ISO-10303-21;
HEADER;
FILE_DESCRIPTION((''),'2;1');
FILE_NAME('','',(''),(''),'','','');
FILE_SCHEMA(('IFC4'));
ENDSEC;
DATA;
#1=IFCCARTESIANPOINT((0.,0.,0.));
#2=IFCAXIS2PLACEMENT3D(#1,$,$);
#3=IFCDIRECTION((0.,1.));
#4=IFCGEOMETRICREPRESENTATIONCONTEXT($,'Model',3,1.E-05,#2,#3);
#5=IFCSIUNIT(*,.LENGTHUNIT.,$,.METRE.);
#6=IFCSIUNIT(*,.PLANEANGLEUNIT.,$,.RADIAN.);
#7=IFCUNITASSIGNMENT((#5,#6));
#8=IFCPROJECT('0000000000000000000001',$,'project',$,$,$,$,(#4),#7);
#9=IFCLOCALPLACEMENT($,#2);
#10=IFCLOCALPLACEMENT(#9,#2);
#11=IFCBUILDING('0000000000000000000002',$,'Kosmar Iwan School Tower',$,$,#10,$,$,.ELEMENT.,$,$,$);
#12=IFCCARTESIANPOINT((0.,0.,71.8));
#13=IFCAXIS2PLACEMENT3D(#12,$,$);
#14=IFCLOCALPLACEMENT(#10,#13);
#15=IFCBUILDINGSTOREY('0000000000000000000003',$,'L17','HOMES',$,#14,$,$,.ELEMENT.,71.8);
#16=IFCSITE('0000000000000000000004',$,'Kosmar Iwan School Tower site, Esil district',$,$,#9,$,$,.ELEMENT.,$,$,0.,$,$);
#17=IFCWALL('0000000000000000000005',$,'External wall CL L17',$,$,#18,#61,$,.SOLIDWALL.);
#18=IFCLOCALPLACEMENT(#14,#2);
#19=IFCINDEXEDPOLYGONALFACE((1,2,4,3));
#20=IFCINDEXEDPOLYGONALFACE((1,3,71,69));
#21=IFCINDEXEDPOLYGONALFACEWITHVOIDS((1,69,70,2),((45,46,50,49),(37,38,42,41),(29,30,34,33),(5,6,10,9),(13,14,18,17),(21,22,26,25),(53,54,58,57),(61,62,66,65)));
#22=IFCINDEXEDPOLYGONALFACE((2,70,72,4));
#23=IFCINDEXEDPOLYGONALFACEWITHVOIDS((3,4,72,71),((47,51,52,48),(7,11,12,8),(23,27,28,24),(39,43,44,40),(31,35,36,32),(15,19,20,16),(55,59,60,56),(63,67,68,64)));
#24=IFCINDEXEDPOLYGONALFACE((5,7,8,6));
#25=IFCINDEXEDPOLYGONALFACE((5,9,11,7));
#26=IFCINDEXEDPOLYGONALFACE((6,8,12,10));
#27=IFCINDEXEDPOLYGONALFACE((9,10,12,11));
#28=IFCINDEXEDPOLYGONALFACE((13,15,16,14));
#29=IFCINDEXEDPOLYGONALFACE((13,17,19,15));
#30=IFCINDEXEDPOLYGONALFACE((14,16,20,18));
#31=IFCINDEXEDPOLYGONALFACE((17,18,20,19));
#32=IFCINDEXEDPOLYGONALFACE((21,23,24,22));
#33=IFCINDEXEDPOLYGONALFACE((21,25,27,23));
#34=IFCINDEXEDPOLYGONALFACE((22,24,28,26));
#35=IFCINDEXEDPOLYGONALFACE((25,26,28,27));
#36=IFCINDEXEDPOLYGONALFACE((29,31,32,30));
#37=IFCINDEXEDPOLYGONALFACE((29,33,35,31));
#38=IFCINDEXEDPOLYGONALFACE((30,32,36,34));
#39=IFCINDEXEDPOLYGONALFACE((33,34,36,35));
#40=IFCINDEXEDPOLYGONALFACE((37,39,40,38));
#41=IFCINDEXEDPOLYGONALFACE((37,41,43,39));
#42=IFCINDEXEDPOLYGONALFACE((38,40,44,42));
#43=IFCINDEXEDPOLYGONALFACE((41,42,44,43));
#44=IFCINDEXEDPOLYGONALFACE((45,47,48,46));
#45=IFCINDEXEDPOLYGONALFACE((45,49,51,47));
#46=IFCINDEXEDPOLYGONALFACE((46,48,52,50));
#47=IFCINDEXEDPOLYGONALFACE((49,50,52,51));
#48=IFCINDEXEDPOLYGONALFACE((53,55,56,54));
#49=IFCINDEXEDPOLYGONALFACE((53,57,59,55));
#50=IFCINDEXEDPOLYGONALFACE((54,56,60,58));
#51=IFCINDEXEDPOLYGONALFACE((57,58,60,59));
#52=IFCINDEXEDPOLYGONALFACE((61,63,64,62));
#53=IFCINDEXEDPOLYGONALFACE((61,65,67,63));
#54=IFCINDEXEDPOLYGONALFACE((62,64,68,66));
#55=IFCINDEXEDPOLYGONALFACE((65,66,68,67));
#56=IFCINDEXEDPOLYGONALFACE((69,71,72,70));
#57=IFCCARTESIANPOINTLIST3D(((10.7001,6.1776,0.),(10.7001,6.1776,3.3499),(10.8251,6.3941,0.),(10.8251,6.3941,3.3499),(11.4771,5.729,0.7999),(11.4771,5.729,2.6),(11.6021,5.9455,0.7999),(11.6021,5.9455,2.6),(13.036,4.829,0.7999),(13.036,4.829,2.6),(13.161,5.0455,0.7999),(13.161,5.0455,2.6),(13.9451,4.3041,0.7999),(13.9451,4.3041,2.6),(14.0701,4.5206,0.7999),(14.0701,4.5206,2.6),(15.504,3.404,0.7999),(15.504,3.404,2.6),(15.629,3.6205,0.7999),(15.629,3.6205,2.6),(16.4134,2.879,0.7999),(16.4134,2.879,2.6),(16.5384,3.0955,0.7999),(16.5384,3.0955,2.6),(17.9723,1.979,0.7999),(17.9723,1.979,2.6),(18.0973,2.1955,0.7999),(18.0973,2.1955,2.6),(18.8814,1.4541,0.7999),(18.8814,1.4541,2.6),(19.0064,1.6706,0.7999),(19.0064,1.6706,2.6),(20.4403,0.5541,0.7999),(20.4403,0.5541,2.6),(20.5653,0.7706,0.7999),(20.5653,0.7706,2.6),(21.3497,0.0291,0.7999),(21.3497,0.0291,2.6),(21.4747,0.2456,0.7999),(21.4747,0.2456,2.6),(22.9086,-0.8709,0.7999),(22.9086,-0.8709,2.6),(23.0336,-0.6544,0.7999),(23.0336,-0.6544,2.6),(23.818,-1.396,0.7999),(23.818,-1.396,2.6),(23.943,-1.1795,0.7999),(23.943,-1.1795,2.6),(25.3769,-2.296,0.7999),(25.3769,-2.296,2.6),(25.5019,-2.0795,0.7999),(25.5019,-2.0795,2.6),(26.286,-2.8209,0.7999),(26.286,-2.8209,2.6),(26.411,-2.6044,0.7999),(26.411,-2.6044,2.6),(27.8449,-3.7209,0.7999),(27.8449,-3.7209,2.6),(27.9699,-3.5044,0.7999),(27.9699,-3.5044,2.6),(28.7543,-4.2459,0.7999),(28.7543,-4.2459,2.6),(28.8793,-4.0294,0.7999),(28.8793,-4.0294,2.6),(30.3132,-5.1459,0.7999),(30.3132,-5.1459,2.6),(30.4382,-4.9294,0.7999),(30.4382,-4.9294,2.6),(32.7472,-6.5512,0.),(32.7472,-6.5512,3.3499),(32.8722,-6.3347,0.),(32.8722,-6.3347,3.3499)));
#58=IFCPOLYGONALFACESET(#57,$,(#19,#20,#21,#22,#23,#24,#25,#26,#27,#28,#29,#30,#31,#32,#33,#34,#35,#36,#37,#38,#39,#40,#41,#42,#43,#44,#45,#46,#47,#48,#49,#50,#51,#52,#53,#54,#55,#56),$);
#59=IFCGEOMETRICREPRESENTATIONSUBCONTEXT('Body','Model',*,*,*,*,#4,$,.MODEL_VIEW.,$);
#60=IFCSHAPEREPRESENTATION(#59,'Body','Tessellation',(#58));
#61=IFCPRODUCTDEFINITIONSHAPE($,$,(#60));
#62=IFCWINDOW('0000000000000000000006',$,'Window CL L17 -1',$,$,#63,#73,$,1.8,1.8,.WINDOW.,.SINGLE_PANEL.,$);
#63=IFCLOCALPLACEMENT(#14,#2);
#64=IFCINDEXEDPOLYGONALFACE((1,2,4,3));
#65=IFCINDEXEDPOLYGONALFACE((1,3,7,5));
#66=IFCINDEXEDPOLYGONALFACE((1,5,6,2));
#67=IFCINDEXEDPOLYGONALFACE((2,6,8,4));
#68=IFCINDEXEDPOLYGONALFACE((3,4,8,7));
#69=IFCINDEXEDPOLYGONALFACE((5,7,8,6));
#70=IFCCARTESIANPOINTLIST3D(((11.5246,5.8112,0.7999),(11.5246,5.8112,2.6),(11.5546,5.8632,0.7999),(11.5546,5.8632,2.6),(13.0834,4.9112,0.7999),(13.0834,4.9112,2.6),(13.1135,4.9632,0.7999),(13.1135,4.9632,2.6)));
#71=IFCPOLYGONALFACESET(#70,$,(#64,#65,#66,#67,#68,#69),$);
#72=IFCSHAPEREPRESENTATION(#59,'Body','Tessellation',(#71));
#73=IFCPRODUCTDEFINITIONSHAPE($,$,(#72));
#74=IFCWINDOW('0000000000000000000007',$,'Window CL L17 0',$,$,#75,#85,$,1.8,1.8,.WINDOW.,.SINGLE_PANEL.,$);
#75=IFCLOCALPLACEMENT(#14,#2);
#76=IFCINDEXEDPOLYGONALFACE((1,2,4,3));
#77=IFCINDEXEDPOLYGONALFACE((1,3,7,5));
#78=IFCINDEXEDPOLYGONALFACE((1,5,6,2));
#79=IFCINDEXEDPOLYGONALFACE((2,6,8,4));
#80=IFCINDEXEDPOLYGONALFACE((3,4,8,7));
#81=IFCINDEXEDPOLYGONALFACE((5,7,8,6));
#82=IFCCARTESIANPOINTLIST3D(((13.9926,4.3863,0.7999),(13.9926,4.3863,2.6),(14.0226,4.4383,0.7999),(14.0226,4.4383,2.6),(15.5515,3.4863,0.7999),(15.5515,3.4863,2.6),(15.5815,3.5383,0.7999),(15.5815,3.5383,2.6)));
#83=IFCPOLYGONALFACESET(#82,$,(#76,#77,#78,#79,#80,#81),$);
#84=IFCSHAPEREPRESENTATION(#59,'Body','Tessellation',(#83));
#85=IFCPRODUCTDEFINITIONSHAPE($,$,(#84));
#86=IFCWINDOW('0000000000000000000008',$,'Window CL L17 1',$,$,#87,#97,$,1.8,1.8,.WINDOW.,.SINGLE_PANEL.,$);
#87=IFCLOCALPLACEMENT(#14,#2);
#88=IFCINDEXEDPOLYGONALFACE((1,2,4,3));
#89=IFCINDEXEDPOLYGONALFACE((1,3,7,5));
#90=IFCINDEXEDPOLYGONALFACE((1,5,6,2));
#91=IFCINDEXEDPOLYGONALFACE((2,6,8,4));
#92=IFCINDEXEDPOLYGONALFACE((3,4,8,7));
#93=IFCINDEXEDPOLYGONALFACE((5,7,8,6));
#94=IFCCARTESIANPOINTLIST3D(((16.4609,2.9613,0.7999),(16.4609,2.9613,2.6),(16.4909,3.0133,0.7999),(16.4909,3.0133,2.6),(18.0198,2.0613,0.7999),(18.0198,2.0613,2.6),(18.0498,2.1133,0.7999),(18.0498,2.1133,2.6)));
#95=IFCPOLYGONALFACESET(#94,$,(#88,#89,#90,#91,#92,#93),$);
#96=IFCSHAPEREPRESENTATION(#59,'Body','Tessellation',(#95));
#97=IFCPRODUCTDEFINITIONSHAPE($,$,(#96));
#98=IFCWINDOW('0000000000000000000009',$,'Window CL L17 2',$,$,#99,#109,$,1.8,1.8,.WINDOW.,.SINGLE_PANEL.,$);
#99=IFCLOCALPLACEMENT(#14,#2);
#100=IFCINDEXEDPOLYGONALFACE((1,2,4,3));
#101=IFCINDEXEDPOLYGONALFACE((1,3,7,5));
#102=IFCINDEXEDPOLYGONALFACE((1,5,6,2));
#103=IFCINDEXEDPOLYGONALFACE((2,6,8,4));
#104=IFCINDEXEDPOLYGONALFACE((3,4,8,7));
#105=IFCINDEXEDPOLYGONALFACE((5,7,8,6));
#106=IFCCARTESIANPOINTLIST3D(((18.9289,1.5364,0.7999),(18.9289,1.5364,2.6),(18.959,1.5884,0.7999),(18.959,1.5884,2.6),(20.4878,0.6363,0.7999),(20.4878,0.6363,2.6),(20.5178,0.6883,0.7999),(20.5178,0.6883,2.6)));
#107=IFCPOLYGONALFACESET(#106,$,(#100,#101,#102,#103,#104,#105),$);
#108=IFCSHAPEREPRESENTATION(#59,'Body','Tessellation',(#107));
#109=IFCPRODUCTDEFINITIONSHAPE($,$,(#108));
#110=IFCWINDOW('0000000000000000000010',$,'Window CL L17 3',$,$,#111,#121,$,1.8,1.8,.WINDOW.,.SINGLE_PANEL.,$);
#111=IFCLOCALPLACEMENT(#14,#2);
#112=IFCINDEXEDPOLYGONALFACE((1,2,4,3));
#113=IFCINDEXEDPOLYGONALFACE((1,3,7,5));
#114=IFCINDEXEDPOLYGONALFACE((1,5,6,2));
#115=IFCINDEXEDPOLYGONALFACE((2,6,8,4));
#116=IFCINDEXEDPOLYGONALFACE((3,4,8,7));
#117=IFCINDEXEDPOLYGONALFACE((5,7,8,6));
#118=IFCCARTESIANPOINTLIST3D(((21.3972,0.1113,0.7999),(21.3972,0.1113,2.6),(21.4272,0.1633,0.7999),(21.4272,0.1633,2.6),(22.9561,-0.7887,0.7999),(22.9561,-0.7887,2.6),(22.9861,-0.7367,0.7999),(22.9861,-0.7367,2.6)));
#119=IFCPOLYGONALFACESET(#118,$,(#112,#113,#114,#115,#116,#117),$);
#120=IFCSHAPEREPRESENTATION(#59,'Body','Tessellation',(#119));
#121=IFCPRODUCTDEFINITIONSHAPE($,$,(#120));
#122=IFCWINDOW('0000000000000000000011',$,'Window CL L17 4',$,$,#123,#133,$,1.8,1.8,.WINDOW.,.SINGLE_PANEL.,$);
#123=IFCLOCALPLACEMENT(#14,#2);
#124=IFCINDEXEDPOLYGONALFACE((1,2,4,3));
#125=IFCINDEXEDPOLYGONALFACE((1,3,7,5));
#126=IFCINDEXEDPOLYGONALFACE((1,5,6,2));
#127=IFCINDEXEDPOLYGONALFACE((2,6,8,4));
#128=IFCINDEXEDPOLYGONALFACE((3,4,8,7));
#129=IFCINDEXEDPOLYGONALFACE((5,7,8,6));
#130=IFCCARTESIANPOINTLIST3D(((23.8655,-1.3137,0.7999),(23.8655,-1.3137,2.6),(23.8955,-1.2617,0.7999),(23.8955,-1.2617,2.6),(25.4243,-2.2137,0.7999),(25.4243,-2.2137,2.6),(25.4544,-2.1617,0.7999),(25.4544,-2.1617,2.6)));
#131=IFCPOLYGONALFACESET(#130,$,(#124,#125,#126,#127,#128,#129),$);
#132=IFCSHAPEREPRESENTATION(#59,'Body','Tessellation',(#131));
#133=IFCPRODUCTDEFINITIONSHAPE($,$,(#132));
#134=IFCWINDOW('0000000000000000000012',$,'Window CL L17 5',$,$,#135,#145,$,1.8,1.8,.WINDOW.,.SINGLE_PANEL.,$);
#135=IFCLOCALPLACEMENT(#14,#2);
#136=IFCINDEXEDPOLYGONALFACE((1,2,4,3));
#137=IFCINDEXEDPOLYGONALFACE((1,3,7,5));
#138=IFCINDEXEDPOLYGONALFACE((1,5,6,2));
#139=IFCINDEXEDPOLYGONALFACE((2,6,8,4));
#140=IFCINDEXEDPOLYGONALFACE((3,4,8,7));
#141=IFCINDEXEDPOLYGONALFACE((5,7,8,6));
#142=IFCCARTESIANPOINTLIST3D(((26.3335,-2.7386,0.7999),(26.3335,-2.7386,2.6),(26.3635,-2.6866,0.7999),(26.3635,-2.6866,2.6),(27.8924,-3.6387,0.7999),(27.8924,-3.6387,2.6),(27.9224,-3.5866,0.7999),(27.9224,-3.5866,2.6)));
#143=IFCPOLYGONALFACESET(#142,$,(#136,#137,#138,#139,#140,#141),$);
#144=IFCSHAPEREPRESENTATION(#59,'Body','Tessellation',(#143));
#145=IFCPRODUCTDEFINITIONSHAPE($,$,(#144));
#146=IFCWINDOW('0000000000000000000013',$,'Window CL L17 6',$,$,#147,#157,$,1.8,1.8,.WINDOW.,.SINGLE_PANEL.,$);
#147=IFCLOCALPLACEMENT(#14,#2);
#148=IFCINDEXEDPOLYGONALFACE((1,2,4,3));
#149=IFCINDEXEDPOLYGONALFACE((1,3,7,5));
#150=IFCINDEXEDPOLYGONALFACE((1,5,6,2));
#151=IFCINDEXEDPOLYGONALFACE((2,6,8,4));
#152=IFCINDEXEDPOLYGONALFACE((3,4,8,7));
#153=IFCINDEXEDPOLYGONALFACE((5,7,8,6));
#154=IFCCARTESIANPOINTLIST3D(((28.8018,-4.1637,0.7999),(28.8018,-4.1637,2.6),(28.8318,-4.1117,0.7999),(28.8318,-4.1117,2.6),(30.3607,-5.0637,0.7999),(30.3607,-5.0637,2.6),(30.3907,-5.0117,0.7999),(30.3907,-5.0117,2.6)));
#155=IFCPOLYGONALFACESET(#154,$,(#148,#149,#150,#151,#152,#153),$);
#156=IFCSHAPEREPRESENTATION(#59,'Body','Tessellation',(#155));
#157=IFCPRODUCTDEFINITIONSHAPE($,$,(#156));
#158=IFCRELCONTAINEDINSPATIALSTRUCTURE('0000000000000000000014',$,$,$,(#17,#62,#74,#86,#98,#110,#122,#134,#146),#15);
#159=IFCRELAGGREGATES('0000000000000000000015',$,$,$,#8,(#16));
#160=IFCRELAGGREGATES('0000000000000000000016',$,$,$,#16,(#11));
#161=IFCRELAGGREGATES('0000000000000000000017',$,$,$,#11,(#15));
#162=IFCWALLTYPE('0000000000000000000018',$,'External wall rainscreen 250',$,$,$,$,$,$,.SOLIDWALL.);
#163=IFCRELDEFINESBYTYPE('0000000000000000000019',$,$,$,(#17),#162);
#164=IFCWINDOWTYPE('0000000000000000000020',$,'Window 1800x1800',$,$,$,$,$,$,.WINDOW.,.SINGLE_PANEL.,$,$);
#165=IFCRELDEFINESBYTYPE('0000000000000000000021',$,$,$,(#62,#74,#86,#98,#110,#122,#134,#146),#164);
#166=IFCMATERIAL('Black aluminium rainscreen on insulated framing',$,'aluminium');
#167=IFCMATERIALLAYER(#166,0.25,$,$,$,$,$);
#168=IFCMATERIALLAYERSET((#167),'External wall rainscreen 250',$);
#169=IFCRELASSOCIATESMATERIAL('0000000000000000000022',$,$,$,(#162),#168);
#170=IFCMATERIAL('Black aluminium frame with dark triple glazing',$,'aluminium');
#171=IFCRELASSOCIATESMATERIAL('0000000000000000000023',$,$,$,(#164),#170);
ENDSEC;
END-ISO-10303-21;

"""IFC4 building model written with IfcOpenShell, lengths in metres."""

from ifc_helpers import new_model, si_unit, direction, frame, frame_2d, origin, place, context, subcontext, project, spatial, rectangle, extrude, material, layer, layer_set, type_object, element, fill, save


model = new_model("IFC4")

# Units and contexts
model_context = context("Model", 3, precision=1e-05, world=origin(), true_north=direction((0.0, 1.0)))
body_context = subcontext(model_context, "Body", "Model", "MODEL_VIEW")
ifc_project = project(units=[si_unit("LENGTHUNIT", "METRE"), si_unit("PLANEANGLEUNIT", "RADIAN")], contexts=[model_context])

# Site, building, storey
site_placement = place(None, origin())
site = spatial("IfcSite", under=ifc_project, at=site_placement, Name="Kosmar Iwan School Tower site, Esil district", CompositionType="ELEMENT", RefElevation=0.0)
building_placement = place(site_placement, origin())
building = spatial("IfcBuilding", under=site, at=building_placement, Name="Kosmar Iwan School Tower", CompositionType="ELEMENT")
storey_placement = place(building_placement, frame((0.0, 0.0, 71.8)))
storey = spatial("IfcBuildingStorey", under=building, at=storey_placement, Name="L17", Description="HOMES", CompositionType="ELEMENT", Elevation=71.8)

# Wall, openings, windows
ifc_material_1 = material(Name="Black aluminium rainscreen on insulated framing", Category="aluminium")
ifc_layer = layer(ifc_material_1, 0.25)
ifc_layer_set = layer_set([ifc_layer], Name="External wall rainscreen 250")
wall_type = type_object("IfcWallType", Name="External wall rainscreen 250", PredefinedType="SOLIDWALL", material=ifc_layer_set)
wall_1_placement = place(storey_placement, frame((10.7625, 6.2859, 0.0), z_axis=(0.0, 0.0, 1.0), x_axis=(0.866028, -0.499996, 0.0)))
wall_1 = element("IfcWall", 1, at=wall_1_placement, inside=storey, type_object=wall_type, Name="External wall CL L17", PredefinedType="SOLIDWALL", context=body_context, shape_type="SweptSolid", body=[
    extrude(rectangle(XDim=25.4578, YDim=0.25, at=frame_2d((12.729, 0.0))), origin(), (0.0, 0.0, 1.0), 3.3499),
])
opening_1_placement = place(wall_1_placement, frame((0.8975, 0.0, 0.8)))
opening_1 = element("IfcOpeningElement", 2, at=opening_1_placement, cuts=wall_1, PredefinedType="OPENING", context=body_context, shape_type="SweptSolid", body=[
    extrude(rectangle(XDim=1.8, YDim=1.8, at=frame_2d((0.8999, 0.8999))), frame((0.0, 0.137, 0.0), z_axis=(0.0, -1.0, 0.0), x_axis=(1.0, 0.0, 0.0)), (0.0, 0.0, 1.0), 0.2739),
])
opening_2_placement = place(wall_1_placement, frame((3.7473, 0.0, 0.8)))
opening_2 = element("IfcOpeningElement", 3, at=opening_2_placement, cuts=wall_1, PredefinedType="OPENING", context=body_context, shape_type="SweptSolid", body=[
    extrude(rectangle(XDim=1.8, YDim=1.8, at=frame_2d((0.8999, 0.8999))), frame((0.0, 0.137, 0.0), z_axis=(0.0, -1.0, 0.0), x_axis=(1.0, 0.0, 0.0)), (0.0, 0.0, 1.0), 0.2739),
])
opening_3_placement = place(wall_1_placement, frame((6.5974, 0.0, 0.8)))
opening_3 = element("IfcOpeningElement", 4, at=opening_3_placement, cuts=wall_1, PredefinedType="OPENING", context=body_context, shape_type="SweptSolid", body=[
    extrude(rectangle(XDim=1.8, YDim=1.8, at=frame_2d((0.8999, 0.8999))), frame((0.0, 0.137, 0.0), z_axis=(0.0, -1.0, 0.0), x_axis=(1.0, 0.0, 0.0)), (0.0, 0.0, 1.0), 0.2739),
])
opening_4_placement = place(wall_1_placement, frame((9.4473, 0.0, 0.8)))
opening_4 = element("IfcOpeningElement", 5, at=opening_4_placement, cuts=wall_1, PredefinedType="OPENING", context=body_context, shape_type="SweptSolid", body=[
    extrude(rectangle(XDim=1.8, YDim=1.8, at=frame_2d((0.8999, 0.8999))), frame((0.0, 0.137, 0.0), z_axis=(0.0, -1.0, 0.0), x_axis=(1.0, 0.0, 0.0)), (0.0, 0.0, 1.0), 0.2739),
])
opening_5_placement = place(wall_1_placement, frame((12.2974, 0.0, 0.8)))
opening_5 = element("IfcOpeningElement", 6, at=opening_5_placement, cuts=wall_1, PredefinedType="OPENING", context=body_context, shape_type="SweptSolid", body=[
    extrude(rectangle(XDim=1.8, YDim=1.8, at=frame_2d((0.8999, 0.8999))), frame((0.0, 0.137, 0.0), z_axis=(0.0, -1.0, 0.0), x_axis=(1.0, 0.0, 0.0)), (0.0, 0.0, 1.0), 0.2739),
])
opening_6_placement = place(wall_1_placement, frame((15.1475, 0.0, 0.8)))
opening_6 = element("IfcOpeningElement", 7, at=opening_6_placement, cuts=wall_1, PredefinedType="OPENING", context=body_context, shape_type="SweptSolid", body=[
    extrude(rectangle(XDim=1.8, YDim=1.8, at=frame_2d((0.8999, 0.8999))), frame((0.0, 0.137, 0.0), z_axis=(0.0, -1.0, 0.0), x_axis=(1.0, 0.0, 0.0)), (0.0, 0.0, 1.0), 0.2739),
])
opening_7_placement = place(wall_1_placement, frame((17.9973, 0.0, 0.8)))
opening_7 = element("IfcOpeningElement", 8, at=opening_7_placement, cuts=wall_1, PredefinedType="OPENING", context=body_context, shape_type="SweptSolid", body=[
    extrude(rectangle(XDim=1.8, YDim=1.8, at=frame_2d((0.8999, 0.8999))), frame((0.0, 0.137, 0.0), z_axis=(0.0, -1.0, 0.0), x_axis=(1.0, 0.0, 0.0)), (0.0, 0.0, 1.0), 0.2739),
])
opening_8_placement = place(wall_1_placement, frame((20.8474, 0.0, 0.8)))
opening_8 = element("IfcOpeningElement", 9, at=opening_8_placement, cuts=wall_1, PredefinedType="OPENING", context=body_context, shape_type="SweptSolid", body=[
    extrude(rectangle(XDim=1.8, YDim=1.8, at=frame_2d((0.8999, 0.8999))), frame((0.0, 0.137, 0.0), z_axis=(0.0, -1.0, 0.0), x_axis=(1.0, 0.0, 0.0)), (0.0, 0.0, 1.0), 0.2739),
])
ifc_material_2 = material(Name="Black aluminium frame with dark triple glazing", Category="aluminium")
window_type = type_object("IfcWindowType", Name="Window 1800x1800", PartitioningType="SINGLE_PANEL", PredefinedType="WINDOW", material=ifc_material_2)
window_1_placement = place(opening_1_placement, origin())
window_1 = element("IfcWindow", 10, at=window_1_placement, inside=storey, type_object=window_type, Name="Window CL L17 -1", OverallHeight=1.8, OverallWidth=1.8, PartitioningType="SINGLE_PANEL", PredefinedType="WINDOW", context=body_context, shape_type="SweptSolid", body=[
    extrude(rectangle(XDim=1.8, YDim=1.8, at=frame_2d((0.8999, 0.8999))), frame((0.0, 0.03, 0.0), z_axis=(0.0, -1.0, 0.0), x_axis=(1.0, 0.0, 0.0)), (0.0, 0.0, 1.0), 0.0601),
])
fill(opening_1, window_1)
window_2_placement = place(opening_2_placement, origin())
window_2 = element("IfcWindow", 11, at=window_2_placement, inside=storey, type_object=window_type, Name="Window CL L17 0", OverallHeight=1.8, OverallWidth=1.8, PartitioningType="SINGLE_PANEL", PredefinedType="WINDOW", context=body_context, shape_type="SweptSolid", body=[
    extrude(rectangle(XDim=1.8, YDim=1.8, at=frame_2d((0.8999, 0.8999))), frame((0.0, 0.03, 0.0), z_axis=(0.0, -1.0, 0.0), x_axis=(1.0, 0.0, 0.0)), (0.0, 0.0, 1.0), 0.0601),
])
fill(opening_2, window_2)
window_3_placement = place(opening_3_placement, origin())
window_3 = element("IfcWindow", 12, at=window_3_placement, inside=storey, type_object=window_type, Name="Window CL L17 1", OverallHeight=1.8, OverallWidth=1.8, PartitioningType="SINGLE_PANEL", PredefinedType="WINDOW", context=body_context, shape_type="SweptSolid", body=[
    extrude(rectangle(XDim=1.8, YDim=1.8, at=frame_2d((0.8999, 0.8999))), frame((0.0, 0.03, 0.0), z_axis=(0.0, -1.0, 0.0), x_axis=(1.0, 0.0, 0.0)), (0.0, 0.0, 1.0), 0.0601),
])
fill(opening_3, window_3)
window_4_placement = place(opening_4_placement, origin())
window_4 = element("IfcWindow", 13, at=window_4_placement, inside=storey, type_object=window_type, Name="Window CL L17 2", OverallHeight=1.8, OverallWidth=1.8, PartitioningType="SINGLE_PANEL", PredefinedType="WINDOW", context=body_context, shape_type="SweptSolid", body=[
    extrude(rectangle(XDim=1.8, YDim=1.8, at=frame_2d((0.8999, 0.8999))), frame((0.0, 0.03, 0.0), z_axis=(0.0, -1.0, 0.0), x_axis=(1.0, 0.0, 0.0)), (0.0, 0.0, 1.0), 0.0601),
])
fill(opening_4, window_4)
window_5_placement = place(opening_5_placement, origin())
window_5 = element("IfcWindow", 14, at=window_5_placement, inside=storey, type_object=window_type, Name="Window CL L17 3", OverallHeight=1.8, OverallWidth=1.8, PartitioningType="SINGLE_PANEL", PredefinedType="WINDOW", context=body_context, shape_type="SweptSolid", body=[
    extrude(rectangle(XDim=1.8, YDim=1.8, at=frame_2d((0.8999, 0.8999))), frame((0.0, 0.03, 0.0), z_axis=(0.0, -1.0, 0.0), x_axis=(1.0, 0.0, 0.0)), (0.0, 0.0, 1.0), 0.0601),
])
fill(opening_5, window_5)
window_6_placement = place(opening_6_placement, origin())
window_6 = element("IfcWindow", 15, at=window_6_placement, inside=storey, type_object=window_type, Name="Window CL L17 4", OverallHeight=1.8, OverallWidth=1.8, PartitioningType="SINGLE_PANEL", PredefinedType="WINDOW", context=body_context, shape_type="SweptSolid", body=[
    extrude(rectangle(XDim=1.8, YDim=1.8, at=frame_2d((0.8999, 0.8999))), frame((0.0, 0.03, 0.0), z_axis=(0.0, -1.0, 0.0), x_axis=(1.0, 0.0, 0.0)), (0.0, 0.0, 1.0), 0.0601),
])
fill(opening_6, window_6)
window_7_placement = place(opening_7_placement, origin())
window_7 = element("IfcWindow", 16, at=window_7_placement, inside=storey, type_object=window_type, Name="Window CL L17 5", OverallHeight=1.8, OverallWidth=1.8, PartitioningType="SINGLE_PANEL", PredefinedType="WINDOW", context=body_context, shape_type="SweptSolid", body=[
    extrude(rectangle(XDim=1.8, YDim=1.8, at=frame_2d((0.8999, 0.8999))), frame((0.0, 0.03, 0.0), z_axis=(0.0, -1.0, 0.0), x_axis=(1.0, 0.0, 0.0)), (0.0, 0.0, 1.0), 0.0601),
])
fill(opening_7, window_7)
window_8_placement = place(opening_8_placement, origin())
window_8 = element("IfcWindow", 17, at=window_8_placement, inside=storey, type_object=window_type, Name="Window CL L17 6", OverallHeight=1.8, OverallWidth=1.8, PartitioningType="SINGLE_PANEL", PredefinedType="WINDOW", context=body_context, shape_type="SweptSolid", body=[
    extrude(rectangle(XDim=1.8, YDim=1.8, at=frame_2d((0.8999, 0.8999))), frame((0.0, 0.03, 0.0), z_axis=(0.0, -1.0, 0.0), x_axis=(1.0, 0.0, 0.0)), (0.0, 0.0, 1.0), 0.0601),
])
fill(opening_8, window_8)

save(model, "model.ifc")
